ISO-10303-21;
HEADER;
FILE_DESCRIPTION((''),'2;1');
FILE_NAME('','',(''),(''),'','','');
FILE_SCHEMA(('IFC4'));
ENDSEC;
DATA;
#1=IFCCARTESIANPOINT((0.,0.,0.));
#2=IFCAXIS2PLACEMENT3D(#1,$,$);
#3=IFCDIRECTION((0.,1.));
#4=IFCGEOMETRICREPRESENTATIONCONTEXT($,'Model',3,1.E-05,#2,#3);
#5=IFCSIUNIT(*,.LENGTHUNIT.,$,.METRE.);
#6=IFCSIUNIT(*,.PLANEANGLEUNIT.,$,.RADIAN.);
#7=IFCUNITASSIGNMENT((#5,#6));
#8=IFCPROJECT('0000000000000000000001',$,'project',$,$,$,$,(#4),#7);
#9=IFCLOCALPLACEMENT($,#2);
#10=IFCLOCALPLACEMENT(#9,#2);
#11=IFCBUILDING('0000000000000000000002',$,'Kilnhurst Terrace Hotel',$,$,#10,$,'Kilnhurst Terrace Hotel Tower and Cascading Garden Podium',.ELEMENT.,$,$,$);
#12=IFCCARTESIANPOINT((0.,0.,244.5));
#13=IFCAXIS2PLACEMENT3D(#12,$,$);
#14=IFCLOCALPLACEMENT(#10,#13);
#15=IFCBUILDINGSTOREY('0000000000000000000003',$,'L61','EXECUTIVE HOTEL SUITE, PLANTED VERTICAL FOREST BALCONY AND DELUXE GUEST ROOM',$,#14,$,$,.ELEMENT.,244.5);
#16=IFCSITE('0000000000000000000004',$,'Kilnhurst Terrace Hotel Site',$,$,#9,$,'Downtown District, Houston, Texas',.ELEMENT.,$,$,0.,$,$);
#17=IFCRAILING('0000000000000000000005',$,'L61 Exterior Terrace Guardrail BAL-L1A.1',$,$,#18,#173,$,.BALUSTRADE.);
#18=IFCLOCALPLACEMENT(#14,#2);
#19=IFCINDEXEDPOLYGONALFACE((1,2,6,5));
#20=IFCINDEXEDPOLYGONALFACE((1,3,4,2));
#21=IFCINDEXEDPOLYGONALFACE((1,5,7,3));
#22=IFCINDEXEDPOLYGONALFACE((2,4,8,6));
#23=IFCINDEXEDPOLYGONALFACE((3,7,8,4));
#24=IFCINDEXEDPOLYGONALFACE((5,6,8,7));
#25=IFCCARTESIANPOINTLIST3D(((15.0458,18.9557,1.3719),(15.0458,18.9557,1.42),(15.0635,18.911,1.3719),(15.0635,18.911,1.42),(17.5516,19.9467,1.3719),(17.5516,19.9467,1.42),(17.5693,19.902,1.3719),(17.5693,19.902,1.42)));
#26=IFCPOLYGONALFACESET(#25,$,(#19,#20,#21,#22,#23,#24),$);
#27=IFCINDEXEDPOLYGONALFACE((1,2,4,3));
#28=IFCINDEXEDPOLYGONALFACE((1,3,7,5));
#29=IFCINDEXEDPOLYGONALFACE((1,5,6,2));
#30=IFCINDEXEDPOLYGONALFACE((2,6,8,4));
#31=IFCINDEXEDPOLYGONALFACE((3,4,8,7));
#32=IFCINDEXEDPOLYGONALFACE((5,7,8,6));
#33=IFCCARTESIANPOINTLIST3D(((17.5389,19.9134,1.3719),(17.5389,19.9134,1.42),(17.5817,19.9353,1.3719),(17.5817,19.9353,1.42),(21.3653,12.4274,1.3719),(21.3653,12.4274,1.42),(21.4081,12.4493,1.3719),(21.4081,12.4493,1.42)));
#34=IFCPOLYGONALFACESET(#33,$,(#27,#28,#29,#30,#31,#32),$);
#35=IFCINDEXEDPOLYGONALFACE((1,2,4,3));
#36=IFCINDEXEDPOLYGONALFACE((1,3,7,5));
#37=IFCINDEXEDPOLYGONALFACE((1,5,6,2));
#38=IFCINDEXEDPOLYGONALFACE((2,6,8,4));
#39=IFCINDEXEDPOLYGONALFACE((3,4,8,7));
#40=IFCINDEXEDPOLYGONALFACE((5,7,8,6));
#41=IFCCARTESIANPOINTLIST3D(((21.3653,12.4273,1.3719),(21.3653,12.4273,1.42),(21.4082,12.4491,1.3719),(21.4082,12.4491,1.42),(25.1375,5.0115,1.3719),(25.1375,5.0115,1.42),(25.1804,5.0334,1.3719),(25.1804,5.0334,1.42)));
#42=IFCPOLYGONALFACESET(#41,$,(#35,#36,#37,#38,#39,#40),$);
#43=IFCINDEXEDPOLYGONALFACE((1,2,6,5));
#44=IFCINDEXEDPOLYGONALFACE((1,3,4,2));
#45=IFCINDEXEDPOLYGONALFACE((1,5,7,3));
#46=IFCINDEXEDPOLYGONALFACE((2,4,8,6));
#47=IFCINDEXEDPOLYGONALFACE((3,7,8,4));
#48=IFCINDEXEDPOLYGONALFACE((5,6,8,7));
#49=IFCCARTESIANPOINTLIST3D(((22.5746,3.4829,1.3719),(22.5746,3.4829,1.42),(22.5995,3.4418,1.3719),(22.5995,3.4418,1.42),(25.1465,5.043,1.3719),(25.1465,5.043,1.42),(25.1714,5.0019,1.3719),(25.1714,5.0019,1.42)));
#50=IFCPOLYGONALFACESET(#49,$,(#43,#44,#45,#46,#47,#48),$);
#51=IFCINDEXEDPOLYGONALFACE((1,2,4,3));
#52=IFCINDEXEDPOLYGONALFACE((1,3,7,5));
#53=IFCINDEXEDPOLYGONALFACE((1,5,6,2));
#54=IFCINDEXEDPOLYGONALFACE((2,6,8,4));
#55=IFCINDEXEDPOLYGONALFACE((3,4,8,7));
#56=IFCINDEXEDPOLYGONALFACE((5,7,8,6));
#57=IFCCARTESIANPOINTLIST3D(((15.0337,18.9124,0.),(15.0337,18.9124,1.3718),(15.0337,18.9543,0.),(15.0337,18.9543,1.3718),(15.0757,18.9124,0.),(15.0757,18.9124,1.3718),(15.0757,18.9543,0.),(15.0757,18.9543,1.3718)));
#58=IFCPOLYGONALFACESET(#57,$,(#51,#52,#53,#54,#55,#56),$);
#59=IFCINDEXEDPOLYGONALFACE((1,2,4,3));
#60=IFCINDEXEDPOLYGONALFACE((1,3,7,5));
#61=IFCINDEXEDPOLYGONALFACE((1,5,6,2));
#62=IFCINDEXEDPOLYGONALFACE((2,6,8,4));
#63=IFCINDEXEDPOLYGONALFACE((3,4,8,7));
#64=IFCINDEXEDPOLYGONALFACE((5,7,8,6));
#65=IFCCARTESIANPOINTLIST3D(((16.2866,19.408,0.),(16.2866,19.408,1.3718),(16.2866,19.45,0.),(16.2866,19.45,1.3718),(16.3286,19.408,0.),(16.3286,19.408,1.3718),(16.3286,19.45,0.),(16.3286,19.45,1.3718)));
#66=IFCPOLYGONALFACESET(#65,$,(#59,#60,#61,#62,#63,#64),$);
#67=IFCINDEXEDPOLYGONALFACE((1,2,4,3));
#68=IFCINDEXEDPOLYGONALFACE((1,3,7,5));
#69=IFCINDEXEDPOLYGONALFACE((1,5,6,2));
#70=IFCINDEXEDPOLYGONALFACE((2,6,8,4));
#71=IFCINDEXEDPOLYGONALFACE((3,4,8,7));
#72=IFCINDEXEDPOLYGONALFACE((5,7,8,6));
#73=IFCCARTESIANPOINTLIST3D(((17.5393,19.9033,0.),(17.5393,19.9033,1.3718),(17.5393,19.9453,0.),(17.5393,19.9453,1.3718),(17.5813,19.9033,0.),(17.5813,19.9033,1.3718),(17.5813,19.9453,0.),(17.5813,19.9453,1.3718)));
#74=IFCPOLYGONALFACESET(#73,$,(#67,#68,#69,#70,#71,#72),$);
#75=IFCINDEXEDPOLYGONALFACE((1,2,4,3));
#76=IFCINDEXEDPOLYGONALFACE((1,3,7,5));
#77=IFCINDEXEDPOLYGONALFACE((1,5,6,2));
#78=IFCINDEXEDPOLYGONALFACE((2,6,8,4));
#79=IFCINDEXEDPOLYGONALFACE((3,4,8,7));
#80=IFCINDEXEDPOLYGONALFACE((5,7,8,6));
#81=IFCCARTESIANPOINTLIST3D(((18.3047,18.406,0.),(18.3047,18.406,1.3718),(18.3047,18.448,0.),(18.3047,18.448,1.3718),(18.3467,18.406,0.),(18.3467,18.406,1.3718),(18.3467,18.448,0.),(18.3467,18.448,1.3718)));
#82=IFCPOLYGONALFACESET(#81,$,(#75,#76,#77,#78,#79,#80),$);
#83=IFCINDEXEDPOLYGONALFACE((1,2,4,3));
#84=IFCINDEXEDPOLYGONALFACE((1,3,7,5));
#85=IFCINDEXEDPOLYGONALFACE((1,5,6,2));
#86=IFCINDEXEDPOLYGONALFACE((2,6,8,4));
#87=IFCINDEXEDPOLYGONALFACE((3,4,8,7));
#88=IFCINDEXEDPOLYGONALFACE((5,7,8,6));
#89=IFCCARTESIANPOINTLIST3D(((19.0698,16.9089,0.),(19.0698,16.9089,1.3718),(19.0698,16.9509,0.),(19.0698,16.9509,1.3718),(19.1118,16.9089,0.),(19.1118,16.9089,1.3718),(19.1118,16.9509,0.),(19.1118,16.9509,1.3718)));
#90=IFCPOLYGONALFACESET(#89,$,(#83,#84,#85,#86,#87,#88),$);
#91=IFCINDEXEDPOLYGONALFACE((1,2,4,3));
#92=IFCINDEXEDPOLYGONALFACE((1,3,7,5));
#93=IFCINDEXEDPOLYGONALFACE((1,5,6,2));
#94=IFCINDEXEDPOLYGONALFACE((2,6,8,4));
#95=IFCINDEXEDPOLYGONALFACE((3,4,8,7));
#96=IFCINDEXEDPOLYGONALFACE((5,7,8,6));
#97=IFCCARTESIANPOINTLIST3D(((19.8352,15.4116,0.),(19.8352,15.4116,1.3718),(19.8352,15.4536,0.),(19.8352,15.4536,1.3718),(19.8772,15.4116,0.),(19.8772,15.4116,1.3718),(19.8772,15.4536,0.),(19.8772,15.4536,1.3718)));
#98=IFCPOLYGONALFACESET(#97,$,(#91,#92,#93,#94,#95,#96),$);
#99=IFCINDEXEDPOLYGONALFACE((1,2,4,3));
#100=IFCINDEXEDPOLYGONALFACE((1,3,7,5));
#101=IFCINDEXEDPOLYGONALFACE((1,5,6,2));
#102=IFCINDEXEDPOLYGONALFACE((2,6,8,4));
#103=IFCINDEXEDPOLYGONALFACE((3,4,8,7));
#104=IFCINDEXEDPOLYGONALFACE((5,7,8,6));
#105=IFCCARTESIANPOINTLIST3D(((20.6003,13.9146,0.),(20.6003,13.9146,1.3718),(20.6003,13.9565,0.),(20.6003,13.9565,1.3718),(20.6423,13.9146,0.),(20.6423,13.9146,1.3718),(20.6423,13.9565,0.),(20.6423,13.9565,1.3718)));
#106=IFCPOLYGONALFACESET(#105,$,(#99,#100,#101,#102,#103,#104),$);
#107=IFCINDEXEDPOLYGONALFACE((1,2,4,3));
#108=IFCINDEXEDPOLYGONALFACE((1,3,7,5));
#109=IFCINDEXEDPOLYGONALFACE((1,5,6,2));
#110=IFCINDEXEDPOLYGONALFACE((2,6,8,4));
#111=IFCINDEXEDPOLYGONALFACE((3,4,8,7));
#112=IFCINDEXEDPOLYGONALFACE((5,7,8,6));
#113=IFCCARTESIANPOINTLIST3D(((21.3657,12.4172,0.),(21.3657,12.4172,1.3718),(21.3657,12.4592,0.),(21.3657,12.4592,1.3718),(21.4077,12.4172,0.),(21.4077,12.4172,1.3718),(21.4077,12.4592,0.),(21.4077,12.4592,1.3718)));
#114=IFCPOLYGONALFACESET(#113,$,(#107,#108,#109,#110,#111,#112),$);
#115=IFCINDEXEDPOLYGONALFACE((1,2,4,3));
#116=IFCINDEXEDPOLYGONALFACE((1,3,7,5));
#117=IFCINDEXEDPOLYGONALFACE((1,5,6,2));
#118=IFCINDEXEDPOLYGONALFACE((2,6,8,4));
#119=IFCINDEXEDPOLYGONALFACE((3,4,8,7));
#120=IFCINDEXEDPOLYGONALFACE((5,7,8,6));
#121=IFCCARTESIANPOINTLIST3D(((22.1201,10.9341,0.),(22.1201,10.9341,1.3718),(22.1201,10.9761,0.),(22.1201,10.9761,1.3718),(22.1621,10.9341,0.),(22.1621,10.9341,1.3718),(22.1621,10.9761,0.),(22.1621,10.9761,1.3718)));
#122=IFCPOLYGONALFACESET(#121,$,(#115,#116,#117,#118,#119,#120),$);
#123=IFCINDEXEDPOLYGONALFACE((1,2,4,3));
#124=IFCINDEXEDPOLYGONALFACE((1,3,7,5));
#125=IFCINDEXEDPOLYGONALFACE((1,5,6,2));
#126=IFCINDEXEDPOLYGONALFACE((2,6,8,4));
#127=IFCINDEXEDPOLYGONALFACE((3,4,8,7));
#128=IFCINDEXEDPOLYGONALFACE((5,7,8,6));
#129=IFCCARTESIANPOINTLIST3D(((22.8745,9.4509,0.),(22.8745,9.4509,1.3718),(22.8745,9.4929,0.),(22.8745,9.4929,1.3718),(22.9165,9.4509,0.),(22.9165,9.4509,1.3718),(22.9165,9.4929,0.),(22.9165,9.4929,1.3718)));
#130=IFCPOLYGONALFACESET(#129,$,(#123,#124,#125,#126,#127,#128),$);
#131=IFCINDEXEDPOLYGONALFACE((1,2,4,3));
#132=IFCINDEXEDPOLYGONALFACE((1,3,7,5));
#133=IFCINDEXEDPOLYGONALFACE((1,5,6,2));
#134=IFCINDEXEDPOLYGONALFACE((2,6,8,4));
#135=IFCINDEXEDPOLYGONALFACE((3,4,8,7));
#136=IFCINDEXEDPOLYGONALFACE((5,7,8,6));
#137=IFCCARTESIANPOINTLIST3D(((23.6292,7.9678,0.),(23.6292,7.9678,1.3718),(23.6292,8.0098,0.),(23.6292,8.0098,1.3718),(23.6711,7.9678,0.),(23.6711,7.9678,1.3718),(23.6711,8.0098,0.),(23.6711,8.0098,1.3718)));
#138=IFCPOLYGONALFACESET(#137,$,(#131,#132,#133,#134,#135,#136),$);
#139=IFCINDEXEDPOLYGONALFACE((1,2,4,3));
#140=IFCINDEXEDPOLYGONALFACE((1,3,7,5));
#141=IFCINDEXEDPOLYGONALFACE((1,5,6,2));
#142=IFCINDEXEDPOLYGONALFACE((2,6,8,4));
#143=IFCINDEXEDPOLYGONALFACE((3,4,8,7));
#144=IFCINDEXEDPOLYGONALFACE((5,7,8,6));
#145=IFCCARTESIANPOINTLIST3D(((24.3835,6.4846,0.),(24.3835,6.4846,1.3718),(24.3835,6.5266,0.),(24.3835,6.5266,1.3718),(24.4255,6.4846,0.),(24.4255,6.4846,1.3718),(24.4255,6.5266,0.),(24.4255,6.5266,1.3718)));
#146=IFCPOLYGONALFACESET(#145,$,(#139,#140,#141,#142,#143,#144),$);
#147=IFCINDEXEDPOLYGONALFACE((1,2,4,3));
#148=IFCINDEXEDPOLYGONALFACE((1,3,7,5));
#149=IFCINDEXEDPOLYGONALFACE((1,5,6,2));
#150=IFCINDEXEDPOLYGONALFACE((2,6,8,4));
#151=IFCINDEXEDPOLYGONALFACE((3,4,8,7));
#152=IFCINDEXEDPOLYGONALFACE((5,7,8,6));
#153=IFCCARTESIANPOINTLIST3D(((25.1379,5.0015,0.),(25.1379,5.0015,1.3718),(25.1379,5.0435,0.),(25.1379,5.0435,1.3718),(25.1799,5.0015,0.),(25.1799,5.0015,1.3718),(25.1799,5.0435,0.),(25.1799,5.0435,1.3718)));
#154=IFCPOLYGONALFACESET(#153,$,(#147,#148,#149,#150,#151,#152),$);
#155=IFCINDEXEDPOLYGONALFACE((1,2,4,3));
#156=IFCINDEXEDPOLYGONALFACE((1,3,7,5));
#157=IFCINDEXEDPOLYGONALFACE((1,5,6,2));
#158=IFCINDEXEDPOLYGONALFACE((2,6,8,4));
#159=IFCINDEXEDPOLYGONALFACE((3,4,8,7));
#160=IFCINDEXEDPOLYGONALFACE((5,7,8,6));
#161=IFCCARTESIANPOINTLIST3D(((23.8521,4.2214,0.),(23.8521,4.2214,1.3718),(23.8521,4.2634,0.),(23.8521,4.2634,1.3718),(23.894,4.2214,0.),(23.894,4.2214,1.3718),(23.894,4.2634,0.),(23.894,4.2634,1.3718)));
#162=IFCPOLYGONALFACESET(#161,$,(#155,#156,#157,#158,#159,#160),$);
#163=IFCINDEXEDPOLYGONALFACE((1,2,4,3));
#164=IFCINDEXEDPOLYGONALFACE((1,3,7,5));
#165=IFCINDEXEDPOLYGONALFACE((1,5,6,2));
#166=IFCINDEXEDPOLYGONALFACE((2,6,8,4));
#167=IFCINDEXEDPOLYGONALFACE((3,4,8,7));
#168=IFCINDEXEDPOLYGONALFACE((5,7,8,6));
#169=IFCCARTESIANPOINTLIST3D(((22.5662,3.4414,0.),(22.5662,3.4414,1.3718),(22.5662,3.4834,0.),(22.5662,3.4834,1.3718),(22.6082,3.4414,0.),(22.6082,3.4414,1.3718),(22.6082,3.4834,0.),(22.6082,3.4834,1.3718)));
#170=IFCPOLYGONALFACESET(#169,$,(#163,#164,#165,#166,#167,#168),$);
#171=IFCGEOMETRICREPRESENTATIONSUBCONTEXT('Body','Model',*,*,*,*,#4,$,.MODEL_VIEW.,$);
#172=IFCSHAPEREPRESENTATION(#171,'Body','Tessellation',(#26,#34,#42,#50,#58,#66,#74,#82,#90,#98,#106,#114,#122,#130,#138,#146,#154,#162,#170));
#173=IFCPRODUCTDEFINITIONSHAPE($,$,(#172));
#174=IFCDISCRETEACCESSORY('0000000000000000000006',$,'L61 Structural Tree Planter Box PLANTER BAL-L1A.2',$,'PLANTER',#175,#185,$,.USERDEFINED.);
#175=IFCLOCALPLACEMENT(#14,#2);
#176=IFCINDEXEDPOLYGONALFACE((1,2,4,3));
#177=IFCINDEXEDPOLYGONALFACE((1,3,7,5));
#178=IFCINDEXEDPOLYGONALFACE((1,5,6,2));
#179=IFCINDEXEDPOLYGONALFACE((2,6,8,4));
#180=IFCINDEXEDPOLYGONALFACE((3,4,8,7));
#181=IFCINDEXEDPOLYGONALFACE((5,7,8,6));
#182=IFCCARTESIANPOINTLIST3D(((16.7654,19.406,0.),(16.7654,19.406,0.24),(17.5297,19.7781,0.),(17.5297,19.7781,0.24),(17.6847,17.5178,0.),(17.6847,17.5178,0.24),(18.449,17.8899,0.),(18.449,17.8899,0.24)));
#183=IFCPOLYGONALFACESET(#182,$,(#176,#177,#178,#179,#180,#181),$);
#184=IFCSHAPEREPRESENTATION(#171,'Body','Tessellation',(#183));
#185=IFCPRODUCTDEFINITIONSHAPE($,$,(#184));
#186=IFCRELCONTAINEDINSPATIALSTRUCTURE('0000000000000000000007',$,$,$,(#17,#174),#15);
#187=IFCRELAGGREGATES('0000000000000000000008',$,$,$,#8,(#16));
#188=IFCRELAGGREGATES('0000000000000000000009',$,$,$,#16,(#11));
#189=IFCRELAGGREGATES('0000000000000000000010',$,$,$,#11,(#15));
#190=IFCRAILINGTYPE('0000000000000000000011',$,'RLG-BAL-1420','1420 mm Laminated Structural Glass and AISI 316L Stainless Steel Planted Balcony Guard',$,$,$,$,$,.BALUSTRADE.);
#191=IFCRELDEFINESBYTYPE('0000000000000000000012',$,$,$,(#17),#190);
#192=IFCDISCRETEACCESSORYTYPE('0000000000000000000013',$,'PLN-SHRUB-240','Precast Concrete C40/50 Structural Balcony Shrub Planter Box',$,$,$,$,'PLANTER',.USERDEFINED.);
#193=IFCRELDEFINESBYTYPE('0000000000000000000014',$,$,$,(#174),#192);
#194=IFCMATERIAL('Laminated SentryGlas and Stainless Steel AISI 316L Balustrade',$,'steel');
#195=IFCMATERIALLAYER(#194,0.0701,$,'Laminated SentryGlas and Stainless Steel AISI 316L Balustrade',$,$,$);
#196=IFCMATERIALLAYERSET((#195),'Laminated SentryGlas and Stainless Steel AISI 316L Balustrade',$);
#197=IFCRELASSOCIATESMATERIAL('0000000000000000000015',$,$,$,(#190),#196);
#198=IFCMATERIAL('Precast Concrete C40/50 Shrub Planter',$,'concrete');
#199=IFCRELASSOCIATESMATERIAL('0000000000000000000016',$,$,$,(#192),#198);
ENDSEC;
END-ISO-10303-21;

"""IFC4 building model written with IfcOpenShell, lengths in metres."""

from ifc_helpers import new_model, si_unit, direction, frame, origin, origin_2d, place, context, subcontext, project, spatial, rectangle, extrude, material, layer, layer_set, type_object, element, save


model = new_model("IFC4")

# Units and contexts
model_context = context("Model", 3, precision=1e-05, world=origin(), true_north=direction((0.0, 1.0)))
body_context = subcontext(model_context, "Body", "Model", "MODEL_VIEW")
ifc_project = project(units=[si_unit("LENGTHUNIT", "METRE"), si_unit("PLANEANGLEUNIT", "RADIAN")], contexts=[model_context])

# Site, building, storey
site_placement = place(None, origin())
site = spatial("IfcSite", under=ifc_project, at=site_placement, Name="Kilnhurst Terrace Hotel Site", LongName="Downtown District, Houston, Texas", CompositionType="ELEMENT", RefElevation=0.0)
building_placement = place(site_placement, origin())
building = spatial("IfcBuilding", under=site, at=building_placement, Name="Kilnhurst Terrace Hotel", LongName="Kilnhurst Terrace Hotel Tower and Cascading Garden Podium", CompositionType="ELEMENT")
storey_placement = place(building_placement, frame((0.0, 0.0, 244.5)))
storey = spatial("IfcBuildingStorey", under=building, at=storey_placement, Name="L61", Description="EXECUTIVE HOTEL SUITE, PLANTED VERTICAL FOREST BALCONY AND DELUXE GUEST ROOM", CompositionType="ELEMENT", Elevation=244.5)

# Railing
ifc_material_1 = material(Name="Laminated SentryGlas and Stainless Steel AISI 316L Balustrade", Category="steel")
ifc_layer_1 = layer(ifc_material_1, 0.0701, Name="Laminated SentryGlas and Stainless Steel AISI 316L Balustrade")
ifc_layer_set_1 = layer_set([ifc_layer_1], Name="Laminated SentryGlas and Stainless Steel AISI 316L Balustrade")
railing_type = type_object("IfcRailingType", Name="RLG-BAL-1420", Description="1420 mm Laminated Structural Glass and AISI 316L Stainless Steel Planted Balcony Guard", PredefinedType="BALUSTRADE", material=ifc_layer_set_1)
railing_placement = place(storey_placement, frame((15.0547, 18.9333, 0.0)))
element("IfcRailing", 1, at=railing_placement, inside=storey, type_object=railing_type, Name="L61 Exterior Terrace Guardrail BAL-L1A.1", PredefinedType="BALUSTRADE", context=body_context, shape_type="SweptSolid", body=[
    extrude(rectangle(XDim=0.0481, YDim=0.0481, at=origin_2d()), frame((0.0, 0.0, 1.396), z_axis=(0.929913, 0.367779, 0.0), x_axis=(-0.367779, 0.929913, 0.0)), (0.0, 0.0, 1.0), 2.6946),
    extrude(rectangle(XDim=0.0481, YDim=0.0481, at=origin_2d()), frame((2.5056, 0.991, 1.396), z_axis=(0.455129, -0.890425, 0.0), x_axis=(0.890425, 0.455129, 0.0)), (0.0, 0.0, 1.0), 8.4072),
    extrude(rectangle(XDim=0.0481, YDim=0.0481, at=origin_2d()), frame((6.332, -6.4951, 1.396), z_axis=(0.453389, -0.891313, 0.0), x_axis=(0.891313, 0.453389, 0.0)), (0.0, 0.0, 1.0), 8.3201),
    extrude(rectangle(XDim=0.0481, YDim=0.0481, at=origin_2d()), frame((10.1042, -13.9109, 1.396), z_axis=(-0.854991, -0.518643, 0.0), x_axis=(0.518643, -0.854991, 0.0)), (0.0, 0.0, 1.0), 3.0081),
    extrude(rectangle(XDim=0.042, YDim=0.042, at=origin_2d()), origin(), (0.0, 0.0, 1.0), 1.3718),
    extrude(rectangle(XDim=0.042, YDim=0.042, at=origin_2d()), frame((1.2529, 0.4956, 0.0)), (0.0, 0.0, 1.0), 1.3718),
    extrude(rectangle(XDim=0.042, YDim=0.042, at=origin_2d()), frame((2.5056, 0.991, 0.0)), (0.0, 0.0, 1.0), 1.3718),
    extrude(rectangle(XDim=0.042, YDim=0.042, at=origin_2d()), frame((3.271, -0.5063, 0.0)), (0.0, 0.0, 1.0), 1.3718),
    extrude(rectangle(XDim=0.042, YDim=0.042, at=origin_2d()), frame((4.0361, -2.0034, 0.0)), (0.0, 0.0, 1.0), 1.3718),
    extrude(rectangle(XDim=0.042, YDim=0.042, at=origin_2d()), frame((4.8015, -3.5007, 0.0)), (0.0, 0.0, 1.0), 1.3718),
    extrude(rectangle(XDim=0.042, YDim=0.042, at=origin_2d()), frame((5.5667, -4.9978, 0.0)), (0.0, 0.0, 1.0), 1.3718),
    extrude(rectangle(XDim=0.042, YDim=0.042, at=origin_2d()), frame((6.332, -6.4951, 0.0)), (0.0, 0.0, 1.0), 1.3718),
    extrude(rectangle(XDim=0.042, YDim=0.042, at=origin_2d()), frame((7.0864, -7.9783, 0.0)), (0.0, 0.0, 1.0), 1.3718),
    extrude(rectangle(XDim=0.042, YDim=0.042, at=origin_2d()), frame((7.8408, -9.4614, 0.0)), (0.0, 0.0, 1.0), 1.3718),
    extrude(rectangle(XDim=0.042, YDim=0.042, at=origin_2d()), frame((8.5955, -10.9446, 0.0)), (0.0, 0.0, 1.0), 1.3718),
    extrude(rectangle(XDim=0.042, YDim=0.042, at=origin_2d()), frame((9.3499, -12.4277, 0.0)), (0.0, 0.0, 1.0), 1.3718),
    extrude(rectangle(XDim=0.042, YDim=0.042, at=origin_2d()), frame((10.1042, -13.9109, 0.0)), (0.0, 0.0, 1.0), 1.3718),
    extrude(rectangle(XDim=0.042, YDim=0.042, at=origin_2d()), frame((8.8184, -14.6909, 0.0)), (0.0, 0.0, 1.0), 1.3718),
    extrude(rectangle(XDim=0.042, YDim=0.042, at=origin_2d()), frame((7.5325, -15.4709, 0.0)), (0.0, 0.0, 1.0), 1.3718),
])

# Discrete accessory
ifc_material_2 = material(Name="Precast Concrete C40/50 Shrub Planter", Category="concrete")
discrete_accessory_type = type_object("IfcDiscreteAccessoryType", Name="PLN-SHRUB-240", Description="Precast Concrete C40/50 Structural Balcony Shrub Planter Box", ElementType="PLANTER", PredefinedType="USERDEFINED", material=ifc_material_2)
discrete_accessory_placement = place(storey_placement, frame((17.6072, 18.6479, 0.0), z_axis=(0.0, 0.0, 1.0), x_axis=(-0.437744, 0.8991, 0.0)))
element("IfcDiscreteAccessory", 2, at=discrete_accessory_placement, inside=storey, type_object=discrete_accessory_type, Name="L61 Structural Tree Planter Box PLANTER BAL-L1A.2", ObjectType="PLANTER", PredefinedType="USERDEFINED", context=body_context, shape_type="SweptSolid", body=[
    extrude(rectangle(XDim=2.1001, YDim=0.8501, at=origin_2d()), origin(), (0.0, 0.0, 1.0), 0.24),
])

save(model, "model.ifc")
